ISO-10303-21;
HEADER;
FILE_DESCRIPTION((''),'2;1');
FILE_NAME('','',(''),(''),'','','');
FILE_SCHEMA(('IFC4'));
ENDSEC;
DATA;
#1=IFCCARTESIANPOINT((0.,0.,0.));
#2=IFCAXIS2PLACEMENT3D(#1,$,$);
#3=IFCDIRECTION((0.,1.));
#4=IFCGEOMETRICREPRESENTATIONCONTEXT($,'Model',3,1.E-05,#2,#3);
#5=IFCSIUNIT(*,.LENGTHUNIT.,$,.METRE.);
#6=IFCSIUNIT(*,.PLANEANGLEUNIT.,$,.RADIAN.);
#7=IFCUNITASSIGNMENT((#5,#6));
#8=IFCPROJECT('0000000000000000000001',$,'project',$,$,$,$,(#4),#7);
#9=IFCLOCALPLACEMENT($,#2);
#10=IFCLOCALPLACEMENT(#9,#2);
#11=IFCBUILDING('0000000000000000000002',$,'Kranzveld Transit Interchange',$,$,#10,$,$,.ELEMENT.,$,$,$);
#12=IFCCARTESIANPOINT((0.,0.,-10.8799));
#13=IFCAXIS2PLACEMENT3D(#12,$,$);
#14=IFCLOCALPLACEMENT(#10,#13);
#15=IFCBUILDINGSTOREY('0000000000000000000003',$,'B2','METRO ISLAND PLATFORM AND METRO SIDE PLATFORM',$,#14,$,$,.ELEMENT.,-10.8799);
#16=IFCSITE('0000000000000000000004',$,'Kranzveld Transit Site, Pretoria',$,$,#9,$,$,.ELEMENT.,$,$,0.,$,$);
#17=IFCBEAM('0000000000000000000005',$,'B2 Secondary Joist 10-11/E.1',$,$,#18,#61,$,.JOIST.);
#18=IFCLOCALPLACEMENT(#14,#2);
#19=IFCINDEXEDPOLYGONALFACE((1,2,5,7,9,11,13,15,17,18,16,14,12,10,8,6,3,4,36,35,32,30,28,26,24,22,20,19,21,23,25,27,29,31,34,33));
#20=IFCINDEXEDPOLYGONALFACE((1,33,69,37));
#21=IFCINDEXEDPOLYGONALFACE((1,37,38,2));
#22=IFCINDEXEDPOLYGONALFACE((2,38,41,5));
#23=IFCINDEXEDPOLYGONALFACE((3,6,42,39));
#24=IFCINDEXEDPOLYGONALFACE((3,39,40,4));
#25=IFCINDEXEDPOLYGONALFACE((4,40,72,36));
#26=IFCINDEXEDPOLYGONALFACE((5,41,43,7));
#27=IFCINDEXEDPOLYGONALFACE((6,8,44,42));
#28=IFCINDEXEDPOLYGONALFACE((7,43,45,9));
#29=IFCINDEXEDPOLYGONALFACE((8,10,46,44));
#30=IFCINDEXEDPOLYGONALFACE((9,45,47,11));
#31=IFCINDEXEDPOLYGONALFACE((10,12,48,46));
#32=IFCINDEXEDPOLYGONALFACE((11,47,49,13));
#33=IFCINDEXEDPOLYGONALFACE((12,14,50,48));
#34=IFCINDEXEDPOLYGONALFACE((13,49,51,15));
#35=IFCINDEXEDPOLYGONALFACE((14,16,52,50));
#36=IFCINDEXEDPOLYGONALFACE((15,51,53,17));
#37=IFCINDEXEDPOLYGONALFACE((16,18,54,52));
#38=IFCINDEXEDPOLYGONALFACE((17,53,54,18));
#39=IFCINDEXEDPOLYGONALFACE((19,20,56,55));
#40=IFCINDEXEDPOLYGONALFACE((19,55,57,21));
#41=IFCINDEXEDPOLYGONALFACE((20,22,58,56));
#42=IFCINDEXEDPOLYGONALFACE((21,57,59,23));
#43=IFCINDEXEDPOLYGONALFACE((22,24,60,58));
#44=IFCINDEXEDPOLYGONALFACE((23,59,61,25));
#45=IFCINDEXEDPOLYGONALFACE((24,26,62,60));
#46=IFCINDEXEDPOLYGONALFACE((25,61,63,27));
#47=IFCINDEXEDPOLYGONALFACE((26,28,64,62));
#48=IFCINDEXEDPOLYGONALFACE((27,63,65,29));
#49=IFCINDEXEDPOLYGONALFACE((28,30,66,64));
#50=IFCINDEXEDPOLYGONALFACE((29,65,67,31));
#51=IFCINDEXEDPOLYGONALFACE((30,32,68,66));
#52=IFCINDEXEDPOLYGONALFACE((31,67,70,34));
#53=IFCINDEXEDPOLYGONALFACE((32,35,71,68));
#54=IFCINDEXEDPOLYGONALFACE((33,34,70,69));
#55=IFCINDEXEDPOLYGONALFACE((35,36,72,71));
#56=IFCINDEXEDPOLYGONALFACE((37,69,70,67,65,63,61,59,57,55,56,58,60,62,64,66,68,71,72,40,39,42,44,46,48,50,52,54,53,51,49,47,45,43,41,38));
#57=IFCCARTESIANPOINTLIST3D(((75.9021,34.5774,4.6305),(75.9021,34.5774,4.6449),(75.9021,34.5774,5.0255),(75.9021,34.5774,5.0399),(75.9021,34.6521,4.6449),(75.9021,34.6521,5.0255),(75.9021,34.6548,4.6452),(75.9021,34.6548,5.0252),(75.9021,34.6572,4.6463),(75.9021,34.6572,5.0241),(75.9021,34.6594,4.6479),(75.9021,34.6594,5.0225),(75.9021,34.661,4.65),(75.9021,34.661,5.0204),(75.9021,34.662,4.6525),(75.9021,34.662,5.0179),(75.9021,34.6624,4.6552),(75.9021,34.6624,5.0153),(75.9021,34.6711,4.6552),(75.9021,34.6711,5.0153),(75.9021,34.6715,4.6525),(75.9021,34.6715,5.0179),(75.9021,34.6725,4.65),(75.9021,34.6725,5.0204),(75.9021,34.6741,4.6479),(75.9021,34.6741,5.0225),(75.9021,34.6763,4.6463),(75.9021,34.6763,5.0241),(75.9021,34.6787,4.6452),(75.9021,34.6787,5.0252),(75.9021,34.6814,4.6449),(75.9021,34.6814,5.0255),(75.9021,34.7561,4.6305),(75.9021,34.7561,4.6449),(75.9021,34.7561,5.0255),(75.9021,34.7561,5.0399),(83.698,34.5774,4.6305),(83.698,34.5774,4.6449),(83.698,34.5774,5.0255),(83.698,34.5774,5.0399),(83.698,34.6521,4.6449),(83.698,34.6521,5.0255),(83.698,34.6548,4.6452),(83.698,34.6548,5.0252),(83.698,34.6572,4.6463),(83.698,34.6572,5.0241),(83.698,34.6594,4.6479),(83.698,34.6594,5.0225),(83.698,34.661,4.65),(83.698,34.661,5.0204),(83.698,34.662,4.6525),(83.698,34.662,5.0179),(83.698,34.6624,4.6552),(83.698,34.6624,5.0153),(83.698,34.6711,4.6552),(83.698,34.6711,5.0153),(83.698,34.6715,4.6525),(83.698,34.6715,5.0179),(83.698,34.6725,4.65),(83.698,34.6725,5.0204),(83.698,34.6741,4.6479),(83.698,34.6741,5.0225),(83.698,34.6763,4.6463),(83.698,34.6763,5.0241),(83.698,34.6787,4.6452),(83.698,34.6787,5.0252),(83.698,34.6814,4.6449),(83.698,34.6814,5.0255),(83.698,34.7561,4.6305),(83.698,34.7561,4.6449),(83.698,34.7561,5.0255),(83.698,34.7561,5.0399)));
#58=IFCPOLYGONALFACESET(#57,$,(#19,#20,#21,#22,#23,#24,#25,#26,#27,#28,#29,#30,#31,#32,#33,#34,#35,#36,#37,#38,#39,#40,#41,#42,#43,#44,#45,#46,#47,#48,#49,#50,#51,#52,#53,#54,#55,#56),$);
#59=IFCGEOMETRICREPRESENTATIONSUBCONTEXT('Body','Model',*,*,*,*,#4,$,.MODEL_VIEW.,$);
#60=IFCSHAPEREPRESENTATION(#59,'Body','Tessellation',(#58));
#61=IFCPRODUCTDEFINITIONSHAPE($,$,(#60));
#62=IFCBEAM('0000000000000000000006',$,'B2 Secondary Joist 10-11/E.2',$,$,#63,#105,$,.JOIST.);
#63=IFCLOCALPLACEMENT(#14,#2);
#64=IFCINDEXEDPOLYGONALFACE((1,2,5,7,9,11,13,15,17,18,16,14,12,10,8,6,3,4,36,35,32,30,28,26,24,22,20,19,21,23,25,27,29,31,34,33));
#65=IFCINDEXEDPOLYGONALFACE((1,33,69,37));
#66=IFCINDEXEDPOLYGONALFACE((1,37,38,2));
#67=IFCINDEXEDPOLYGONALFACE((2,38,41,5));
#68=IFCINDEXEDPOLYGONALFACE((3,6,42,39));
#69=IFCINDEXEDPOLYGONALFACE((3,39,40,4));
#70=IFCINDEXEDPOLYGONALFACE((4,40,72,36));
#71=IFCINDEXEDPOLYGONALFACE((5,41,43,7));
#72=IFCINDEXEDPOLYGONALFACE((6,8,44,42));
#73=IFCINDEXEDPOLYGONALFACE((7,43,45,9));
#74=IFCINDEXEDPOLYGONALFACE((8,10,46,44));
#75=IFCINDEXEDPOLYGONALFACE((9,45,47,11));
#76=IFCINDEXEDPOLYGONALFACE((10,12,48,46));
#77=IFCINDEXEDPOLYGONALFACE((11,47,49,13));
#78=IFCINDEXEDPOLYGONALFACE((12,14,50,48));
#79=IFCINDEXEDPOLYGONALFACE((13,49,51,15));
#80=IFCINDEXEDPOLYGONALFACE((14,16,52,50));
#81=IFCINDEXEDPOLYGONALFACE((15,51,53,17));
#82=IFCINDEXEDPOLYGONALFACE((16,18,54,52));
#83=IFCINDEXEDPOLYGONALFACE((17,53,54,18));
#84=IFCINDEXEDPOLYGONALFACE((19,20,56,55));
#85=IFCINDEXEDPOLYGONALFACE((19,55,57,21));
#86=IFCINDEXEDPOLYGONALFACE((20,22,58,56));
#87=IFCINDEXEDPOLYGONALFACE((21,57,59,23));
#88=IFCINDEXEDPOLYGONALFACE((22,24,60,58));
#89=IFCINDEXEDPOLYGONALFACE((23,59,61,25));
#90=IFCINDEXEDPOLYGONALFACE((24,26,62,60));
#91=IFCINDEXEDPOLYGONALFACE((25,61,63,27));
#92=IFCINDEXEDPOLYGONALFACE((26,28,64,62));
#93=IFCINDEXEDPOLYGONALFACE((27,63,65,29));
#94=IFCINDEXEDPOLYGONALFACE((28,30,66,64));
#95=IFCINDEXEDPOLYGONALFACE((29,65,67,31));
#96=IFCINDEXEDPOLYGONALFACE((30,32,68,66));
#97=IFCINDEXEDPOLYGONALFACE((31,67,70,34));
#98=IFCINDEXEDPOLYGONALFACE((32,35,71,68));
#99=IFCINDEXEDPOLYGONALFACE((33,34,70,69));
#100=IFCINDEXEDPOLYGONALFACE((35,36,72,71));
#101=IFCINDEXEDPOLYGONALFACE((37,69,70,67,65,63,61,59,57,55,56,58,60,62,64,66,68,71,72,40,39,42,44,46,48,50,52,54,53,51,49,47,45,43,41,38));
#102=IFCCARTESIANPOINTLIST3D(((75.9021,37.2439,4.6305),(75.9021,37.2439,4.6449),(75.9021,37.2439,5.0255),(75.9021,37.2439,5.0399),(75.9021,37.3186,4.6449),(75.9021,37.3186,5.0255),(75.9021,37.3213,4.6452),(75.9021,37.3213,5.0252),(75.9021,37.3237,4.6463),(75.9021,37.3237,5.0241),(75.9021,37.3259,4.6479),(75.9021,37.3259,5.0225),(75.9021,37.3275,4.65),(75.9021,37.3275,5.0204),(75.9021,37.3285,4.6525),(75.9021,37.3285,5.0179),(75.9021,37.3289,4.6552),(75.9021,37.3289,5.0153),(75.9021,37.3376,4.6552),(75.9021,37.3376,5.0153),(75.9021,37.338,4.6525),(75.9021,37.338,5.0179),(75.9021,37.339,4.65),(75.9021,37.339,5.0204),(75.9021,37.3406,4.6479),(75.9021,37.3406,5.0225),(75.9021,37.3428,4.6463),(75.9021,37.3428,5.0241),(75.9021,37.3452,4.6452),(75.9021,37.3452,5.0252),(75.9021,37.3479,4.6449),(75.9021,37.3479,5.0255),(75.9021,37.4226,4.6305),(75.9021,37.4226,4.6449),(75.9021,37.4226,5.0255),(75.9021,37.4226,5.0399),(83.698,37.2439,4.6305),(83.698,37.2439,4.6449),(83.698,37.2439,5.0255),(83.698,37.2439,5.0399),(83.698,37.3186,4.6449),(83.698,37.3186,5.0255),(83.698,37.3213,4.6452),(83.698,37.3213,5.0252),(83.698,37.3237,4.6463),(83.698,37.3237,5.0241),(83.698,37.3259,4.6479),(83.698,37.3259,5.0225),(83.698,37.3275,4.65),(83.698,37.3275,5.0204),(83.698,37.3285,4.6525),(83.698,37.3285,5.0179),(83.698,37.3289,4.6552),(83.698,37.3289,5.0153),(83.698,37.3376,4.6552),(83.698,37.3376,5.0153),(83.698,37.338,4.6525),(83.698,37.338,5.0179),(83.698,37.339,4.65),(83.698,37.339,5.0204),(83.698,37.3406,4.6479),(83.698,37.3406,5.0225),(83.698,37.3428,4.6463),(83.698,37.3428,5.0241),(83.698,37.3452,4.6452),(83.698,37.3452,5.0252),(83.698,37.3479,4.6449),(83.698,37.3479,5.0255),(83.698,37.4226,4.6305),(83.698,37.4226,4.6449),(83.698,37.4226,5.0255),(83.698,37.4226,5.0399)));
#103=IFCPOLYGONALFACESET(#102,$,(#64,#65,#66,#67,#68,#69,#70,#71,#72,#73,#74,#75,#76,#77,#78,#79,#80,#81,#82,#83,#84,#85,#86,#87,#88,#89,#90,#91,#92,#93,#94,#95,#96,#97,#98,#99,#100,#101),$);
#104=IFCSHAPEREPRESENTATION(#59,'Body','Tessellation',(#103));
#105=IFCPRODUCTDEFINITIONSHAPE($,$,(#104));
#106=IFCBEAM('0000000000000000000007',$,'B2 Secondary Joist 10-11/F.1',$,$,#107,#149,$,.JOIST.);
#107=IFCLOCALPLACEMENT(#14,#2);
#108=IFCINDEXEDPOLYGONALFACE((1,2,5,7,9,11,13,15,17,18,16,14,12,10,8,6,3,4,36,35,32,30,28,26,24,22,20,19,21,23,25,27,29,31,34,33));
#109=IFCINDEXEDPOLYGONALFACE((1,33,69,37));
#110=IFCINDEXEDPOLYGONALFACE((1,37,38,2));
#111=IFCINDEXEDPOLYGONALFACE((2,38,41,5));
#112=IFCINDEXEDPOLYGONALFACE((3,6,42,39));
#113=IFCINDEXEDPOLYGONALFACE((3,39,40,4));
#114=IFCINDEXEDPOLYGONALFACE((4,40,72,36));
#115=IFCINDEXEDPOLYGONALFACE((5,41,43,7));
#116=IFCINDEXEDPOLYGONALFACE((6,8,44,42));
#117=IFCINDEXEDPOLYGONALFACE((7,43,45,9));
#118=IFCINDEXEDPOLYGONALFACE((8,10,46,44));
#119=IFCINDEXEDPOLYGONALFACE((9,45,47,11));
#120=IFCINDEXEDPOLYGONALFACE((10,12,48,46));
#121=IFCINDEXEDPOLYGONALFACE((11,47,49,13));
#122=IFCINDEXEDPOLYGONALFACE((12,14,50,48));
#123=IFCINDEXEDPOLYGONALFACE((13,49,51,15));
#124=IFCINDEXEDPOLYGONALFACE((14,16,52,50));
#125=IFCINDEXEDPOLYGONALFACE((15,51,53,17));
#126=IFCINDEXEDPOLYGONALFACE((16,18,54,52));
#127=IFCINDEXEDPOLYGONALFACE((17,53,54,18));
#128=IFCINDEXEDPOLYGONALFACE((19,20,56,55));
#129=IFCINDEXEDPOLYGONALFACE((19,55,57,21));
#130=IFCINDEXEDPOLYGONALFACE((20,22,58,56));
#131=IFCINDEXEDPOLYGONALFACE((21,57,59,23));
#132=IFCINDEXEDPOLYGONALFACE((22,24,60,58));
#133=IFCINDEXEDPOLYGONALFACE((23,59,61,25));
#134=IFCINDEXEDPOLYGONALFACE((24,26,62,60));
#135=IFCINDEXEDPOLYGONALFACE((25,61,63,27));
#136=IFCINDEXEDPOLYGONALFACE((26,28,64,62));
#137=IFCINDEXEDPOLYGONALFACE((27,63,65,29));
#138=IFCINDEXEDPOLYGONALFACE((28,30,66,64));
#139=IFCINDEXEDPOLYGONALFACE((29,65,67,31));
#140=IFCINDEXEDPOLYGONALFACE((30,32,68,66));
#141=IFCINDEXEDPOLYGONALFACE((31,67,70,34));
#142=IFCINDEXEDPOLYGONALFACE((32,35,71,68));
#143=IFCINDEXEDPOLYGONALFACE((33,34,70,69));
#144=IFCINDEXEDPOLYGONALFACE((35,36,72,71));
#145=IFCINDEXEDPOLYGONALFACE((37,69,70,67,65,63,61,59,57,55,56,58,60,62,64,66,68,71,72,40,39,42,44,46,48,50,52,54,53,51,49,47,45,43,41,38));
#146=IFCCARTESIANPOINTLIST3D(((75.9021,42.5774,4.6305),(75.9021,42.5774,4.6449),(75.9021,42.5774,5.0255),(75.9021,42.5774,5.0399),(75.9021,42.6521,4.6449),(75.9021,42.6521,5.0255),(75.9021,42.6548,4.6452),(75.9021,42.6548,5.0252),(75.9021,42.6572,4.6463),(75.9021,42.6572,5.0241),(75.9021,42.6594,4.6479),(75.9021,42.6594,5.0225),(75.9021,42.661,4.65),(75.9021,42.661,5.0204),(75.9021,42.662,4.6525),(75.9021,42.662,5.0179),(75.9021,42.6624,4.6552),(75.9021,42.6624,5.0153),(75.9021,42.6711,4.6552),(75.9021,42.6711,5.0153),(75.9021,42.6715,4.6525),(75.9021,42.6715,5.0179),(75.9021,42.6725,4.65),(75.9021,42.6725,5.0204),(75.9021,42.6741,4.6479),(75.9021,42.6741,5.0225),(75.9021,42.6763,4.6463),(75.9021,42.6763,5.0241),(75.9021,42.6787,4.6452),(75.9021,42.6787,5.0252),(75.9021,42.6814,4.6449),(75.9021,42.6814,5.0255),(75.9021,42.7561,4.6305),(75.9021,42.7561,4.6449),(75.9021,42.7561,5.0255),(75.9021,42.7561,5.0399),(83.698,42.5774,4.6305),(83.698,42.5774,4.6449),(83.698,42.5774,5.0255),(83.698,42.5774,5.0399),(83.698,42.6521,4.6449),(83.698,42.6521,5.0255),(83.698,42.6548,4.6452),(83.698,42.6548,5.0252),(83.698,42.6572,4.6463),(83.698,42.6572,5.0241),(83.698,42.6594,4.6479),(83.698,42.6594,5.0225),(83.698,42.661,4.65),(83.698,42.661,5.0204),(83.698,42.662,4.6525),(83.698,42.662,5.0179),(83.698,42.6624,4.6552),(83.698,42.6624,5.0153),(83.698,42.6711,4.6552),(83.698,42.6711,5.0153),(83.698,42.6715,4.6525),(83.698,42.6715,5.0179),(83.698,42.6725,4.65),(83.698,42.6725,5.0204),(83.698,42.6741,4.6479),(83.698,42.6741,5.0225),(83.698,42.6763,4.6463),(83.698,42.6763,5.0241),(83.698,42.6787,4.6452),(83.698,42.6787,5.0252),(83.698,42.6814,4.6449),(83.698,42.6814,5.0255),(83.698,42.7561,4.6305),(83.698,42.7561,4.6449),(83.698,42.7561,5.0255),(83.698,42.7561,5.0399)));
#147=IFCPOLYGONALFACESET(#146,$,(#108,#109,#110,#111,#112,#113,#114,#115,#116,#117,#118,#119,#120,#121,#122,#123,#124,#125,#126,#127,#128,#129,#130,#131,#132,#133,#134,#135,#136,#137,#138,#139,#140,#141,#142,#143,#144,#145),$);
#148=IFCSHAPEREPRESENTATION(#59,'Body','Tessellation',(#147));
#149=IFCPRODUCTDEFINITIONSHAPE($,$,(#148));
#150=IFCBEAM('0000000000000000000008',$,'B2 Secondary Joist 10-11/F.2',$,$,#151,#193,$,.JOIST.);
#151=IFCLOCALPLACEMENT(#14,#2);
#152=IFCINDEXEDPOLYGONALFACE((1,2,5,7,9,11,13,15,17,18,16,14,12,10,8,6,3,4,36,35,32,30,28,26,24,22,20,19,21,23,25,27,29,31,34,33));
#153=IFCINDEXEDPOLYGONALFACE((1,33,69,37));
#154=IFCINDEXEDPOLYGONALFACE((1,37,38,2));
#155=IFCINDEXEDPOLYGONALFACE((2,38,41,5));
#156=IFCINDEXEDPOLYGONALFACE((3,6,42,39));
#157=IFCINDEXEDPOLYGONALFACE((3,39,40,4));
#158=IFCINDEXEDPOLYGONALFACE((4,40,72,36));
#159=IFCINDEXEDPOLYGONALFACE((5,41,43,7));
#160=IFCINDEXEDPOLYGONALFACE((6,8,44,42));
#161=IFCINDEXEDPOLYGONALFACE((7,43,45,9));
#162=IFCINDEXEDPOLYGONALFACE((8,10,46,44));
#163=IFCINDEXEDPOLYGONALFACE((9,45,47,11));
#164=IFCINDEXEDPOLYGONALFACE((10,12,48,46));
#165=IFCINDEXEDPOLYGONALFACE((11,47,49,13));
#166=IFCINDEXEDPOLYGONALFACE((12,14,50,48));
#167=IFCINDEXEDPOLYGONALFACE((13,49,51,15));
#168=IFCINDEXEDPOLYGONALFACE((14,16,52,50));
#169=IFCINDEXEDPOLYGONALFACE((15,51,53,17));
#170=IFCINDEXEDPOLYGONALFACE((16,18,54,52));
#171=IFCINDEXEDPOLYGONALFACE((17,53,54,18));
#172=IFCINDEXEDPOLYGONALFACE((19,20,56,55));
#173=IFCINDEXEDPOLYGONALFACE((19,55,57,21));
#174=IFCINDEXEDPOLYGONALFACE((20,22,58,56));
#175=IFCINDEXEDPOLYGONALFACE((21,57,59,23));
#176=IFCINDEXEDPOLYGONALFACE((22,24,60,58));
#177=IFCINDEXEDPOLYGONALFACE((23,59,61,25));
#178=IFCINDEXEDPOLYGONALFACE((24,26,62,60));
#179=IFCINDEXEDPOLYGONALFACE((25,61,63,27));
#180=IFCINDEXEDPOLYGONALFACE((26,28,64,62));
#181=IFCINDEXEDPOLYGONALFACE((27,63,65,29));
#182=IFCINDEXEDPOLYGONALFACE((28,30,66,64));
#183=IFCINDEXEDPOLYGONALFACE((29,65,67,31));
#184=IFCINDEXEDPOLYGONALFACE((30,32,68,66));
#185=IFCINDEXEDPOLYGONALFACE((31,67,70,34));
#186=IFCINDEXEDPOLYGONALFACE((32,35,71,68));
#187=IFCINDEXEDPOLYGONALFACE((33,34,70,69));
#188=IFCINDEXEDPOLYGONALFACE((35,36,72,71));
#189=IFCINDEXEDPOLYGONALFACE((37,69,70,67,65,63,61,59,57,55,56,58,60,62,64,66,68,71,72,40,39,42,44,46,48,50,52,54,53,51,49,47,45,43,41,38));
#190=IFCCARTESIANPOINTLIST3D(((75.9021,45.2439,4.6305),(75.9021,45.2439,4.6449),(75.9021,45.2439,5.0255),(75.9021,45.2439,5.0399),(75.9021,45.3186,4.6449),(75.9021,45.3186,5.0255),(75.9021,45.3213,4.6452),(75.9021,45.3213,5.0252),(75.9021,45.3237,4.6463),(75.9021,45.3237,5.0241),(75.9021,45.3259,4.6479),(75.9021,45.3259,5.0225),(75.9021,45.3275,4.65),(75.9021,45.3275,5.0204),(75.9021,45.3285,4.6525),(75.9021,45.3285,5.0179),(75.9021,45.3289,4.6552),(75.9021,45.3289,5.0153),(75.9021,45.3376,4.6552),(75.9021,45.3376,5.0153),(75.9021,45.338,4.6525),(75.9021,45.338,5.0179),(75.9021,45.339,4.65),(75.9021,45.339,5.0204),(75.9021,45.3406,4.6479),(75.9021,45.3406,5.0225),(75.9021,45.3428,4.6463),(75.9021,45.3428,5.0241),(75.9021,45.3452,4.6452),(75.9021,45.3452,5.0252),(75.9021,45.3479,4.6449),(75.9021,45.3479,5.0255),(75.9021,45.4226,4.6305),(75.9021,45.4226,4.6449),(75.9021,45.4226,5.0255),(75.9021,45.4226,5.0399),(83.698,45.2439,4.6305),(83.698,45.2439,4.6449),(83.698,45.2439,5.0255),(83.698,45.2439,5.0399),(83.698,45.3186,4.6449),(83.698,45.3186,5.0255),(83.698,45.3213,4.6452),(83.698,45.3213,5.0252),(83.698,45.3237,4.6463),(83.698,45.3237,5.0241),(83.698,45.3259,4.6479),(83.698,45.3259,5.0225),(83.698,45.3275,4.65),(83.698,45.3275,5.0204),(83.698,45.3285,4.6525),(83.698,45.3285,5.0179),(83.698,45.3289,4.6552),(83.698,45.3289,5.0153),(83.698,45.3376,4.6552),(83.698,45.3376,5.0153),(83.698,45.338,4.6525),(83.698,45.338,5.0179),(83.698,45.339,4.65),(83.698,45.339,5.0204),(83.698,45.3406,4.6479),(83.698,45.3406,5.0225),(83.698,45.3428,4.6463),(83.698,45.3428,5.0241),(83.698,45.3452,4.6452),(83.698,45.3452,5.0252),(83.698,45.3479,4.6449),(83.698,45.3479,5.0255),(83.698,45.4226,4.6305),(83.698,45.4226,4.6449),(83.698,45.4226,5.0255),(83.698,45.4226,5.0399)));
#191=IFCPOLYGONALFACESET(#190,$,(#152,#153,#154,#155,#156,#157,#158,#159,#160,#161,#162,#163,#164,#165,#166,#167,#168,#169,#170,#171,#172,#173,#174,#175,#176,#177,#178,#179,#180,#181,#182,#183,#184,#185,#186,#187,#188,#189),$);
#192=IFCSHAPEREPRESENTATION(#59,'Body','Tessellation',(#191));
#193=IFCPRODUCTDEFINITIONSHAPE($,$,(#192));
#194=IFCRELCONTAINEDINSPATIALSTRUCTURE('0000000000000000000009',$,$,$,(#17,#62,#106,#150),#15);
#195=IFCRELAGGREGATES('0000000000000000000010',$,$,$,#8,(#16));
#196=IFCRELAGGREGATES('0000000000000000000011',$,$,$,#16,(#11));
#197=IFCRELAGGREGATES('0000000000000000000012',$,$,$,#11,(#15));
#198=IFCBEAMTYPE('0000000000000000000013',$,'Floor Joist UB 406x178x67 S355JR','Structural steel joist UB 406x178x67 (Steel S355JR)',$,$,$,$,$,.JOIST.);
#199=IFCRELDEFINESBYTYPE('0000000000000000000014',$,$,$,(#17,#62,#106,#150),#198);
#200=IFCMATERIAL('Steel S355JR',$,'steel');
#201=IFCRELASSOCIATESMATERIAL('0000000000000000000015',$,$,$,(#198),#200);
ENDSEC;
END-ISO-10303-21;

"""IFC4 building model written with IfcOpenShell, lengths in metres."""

from ifc_helpers import new_model, si_unit, direction, frame, origin, origin_2d, place, context, subcontext, project, spatial, i_section, extrude, material, material_profile, profile_set, type_object, element, save


model = new_model("IFC4")

# Units and contexts
model_context = context("Model", 3, precision=1e-05, world=origin(), true_north=direction((0.0, 1.0)))
body_context = subcontext(model_context, "Body", "Model", "MODEL_VIEW")
ifc_project = project(units=[si_unit("LENGTHUNIT", "METRE"), si_unit("PLANEANGLEUNIT", "RADIAN")], contexts=[model_context])

# Site, building, storey
site_placement = place(None, origin())
site = spatial("IfcSite", under=ifc_project, at=site_placement, Name="Kranzveld Transit Site, Pretoria", CompositionType="ELEMENT", RefElevation=0.0)
building_placement = place(site_placement, origin())
building = spatial("IfcBuilding", under=site, at=building_placement, Name="Kranzveld Transit Interchange", CompositionType="ELEMENT")
storey_placement = place(building_placement, frame((0.0, 0.0, -10.8799)))
storey = spatial("IfcBuildingStorey", under=building, at=storey_placement, Name="B2", Description="METRO ISLAND PLATFORM AND METRO SIDE PLATFORM", CompositionType="ELEMENT", Elevation=-10.8799)

# Beams
ifc_material_1 = material(Name="Steel S355JR", Category="steel")
ifc_material_profile_1 = material_profile(ifc_material_1, i_section(OverallWidth=0.1787, OverallDepth=0.4094, WebThickness=0.0088, FlangeThickness=0.0144, FilletRadius=0.0103, at=origin_2d()), Name="UB 406x178x67")
ifc_profile_set_1 = profile_set([ifc_material_profile_1], Name="Steel S355JR")
beam_type_1 = type_object("IfcBeamType", Name="Floor Joist UB 406x178x67 S355JR", Description="Structural steel joist UB 406x178x67 (Steel S355JR)", PredefinedType="JOIST", material=ifc_profile_set_1)
for number, where, z_axis, x_axis, name in (
    (1, (75.9021, 34.6667, 4.8352), (1.0, 0.0, 0.0), (0.0, 1.0, 0.0), "B2 Secondary Joist 10-11/E.1"),
    (2, (75.9021, 37.3333, 4.8352), (1.0, 0.0, 0.0), (0.0, 1.0, 0.0), "B2 Secondary Joist 10-11/E.2"),
    (3, (75.9021, 42.6667, 4.8352), (1.0, 0.0, 0.0), (0.0, 1.0, 0.0), "B2 Secondary Joist 10-11/F.1"),
    (4, (75.9021, 45.3333, 4.8352), (1.0, 0.0, 0.0), (0.0, 1.0, 0.0), "B2 Secondary Joist 10-11/F.2"),
):
    element("IfcBeam", number, at=place(storey_placement, frame(where, z_axis=z_axis, x_axis=x_axis)), inside=storey, type_object=beam_type_1, Name=name, PredefinedType="JOIST", context=body_context, shape_type="SweptSolid", body=[
        extrude(i_section(OverallWidth=0.1787, OverallDepth=0.4094, WebThickness=0.0088, FlangeThickness=0.0144, FilletRadius=0.0103, at=origin_2d()), origin(), (0.0, 0.0, 1.0), 7.7959),
    ])

save(model, "model.ifc")
